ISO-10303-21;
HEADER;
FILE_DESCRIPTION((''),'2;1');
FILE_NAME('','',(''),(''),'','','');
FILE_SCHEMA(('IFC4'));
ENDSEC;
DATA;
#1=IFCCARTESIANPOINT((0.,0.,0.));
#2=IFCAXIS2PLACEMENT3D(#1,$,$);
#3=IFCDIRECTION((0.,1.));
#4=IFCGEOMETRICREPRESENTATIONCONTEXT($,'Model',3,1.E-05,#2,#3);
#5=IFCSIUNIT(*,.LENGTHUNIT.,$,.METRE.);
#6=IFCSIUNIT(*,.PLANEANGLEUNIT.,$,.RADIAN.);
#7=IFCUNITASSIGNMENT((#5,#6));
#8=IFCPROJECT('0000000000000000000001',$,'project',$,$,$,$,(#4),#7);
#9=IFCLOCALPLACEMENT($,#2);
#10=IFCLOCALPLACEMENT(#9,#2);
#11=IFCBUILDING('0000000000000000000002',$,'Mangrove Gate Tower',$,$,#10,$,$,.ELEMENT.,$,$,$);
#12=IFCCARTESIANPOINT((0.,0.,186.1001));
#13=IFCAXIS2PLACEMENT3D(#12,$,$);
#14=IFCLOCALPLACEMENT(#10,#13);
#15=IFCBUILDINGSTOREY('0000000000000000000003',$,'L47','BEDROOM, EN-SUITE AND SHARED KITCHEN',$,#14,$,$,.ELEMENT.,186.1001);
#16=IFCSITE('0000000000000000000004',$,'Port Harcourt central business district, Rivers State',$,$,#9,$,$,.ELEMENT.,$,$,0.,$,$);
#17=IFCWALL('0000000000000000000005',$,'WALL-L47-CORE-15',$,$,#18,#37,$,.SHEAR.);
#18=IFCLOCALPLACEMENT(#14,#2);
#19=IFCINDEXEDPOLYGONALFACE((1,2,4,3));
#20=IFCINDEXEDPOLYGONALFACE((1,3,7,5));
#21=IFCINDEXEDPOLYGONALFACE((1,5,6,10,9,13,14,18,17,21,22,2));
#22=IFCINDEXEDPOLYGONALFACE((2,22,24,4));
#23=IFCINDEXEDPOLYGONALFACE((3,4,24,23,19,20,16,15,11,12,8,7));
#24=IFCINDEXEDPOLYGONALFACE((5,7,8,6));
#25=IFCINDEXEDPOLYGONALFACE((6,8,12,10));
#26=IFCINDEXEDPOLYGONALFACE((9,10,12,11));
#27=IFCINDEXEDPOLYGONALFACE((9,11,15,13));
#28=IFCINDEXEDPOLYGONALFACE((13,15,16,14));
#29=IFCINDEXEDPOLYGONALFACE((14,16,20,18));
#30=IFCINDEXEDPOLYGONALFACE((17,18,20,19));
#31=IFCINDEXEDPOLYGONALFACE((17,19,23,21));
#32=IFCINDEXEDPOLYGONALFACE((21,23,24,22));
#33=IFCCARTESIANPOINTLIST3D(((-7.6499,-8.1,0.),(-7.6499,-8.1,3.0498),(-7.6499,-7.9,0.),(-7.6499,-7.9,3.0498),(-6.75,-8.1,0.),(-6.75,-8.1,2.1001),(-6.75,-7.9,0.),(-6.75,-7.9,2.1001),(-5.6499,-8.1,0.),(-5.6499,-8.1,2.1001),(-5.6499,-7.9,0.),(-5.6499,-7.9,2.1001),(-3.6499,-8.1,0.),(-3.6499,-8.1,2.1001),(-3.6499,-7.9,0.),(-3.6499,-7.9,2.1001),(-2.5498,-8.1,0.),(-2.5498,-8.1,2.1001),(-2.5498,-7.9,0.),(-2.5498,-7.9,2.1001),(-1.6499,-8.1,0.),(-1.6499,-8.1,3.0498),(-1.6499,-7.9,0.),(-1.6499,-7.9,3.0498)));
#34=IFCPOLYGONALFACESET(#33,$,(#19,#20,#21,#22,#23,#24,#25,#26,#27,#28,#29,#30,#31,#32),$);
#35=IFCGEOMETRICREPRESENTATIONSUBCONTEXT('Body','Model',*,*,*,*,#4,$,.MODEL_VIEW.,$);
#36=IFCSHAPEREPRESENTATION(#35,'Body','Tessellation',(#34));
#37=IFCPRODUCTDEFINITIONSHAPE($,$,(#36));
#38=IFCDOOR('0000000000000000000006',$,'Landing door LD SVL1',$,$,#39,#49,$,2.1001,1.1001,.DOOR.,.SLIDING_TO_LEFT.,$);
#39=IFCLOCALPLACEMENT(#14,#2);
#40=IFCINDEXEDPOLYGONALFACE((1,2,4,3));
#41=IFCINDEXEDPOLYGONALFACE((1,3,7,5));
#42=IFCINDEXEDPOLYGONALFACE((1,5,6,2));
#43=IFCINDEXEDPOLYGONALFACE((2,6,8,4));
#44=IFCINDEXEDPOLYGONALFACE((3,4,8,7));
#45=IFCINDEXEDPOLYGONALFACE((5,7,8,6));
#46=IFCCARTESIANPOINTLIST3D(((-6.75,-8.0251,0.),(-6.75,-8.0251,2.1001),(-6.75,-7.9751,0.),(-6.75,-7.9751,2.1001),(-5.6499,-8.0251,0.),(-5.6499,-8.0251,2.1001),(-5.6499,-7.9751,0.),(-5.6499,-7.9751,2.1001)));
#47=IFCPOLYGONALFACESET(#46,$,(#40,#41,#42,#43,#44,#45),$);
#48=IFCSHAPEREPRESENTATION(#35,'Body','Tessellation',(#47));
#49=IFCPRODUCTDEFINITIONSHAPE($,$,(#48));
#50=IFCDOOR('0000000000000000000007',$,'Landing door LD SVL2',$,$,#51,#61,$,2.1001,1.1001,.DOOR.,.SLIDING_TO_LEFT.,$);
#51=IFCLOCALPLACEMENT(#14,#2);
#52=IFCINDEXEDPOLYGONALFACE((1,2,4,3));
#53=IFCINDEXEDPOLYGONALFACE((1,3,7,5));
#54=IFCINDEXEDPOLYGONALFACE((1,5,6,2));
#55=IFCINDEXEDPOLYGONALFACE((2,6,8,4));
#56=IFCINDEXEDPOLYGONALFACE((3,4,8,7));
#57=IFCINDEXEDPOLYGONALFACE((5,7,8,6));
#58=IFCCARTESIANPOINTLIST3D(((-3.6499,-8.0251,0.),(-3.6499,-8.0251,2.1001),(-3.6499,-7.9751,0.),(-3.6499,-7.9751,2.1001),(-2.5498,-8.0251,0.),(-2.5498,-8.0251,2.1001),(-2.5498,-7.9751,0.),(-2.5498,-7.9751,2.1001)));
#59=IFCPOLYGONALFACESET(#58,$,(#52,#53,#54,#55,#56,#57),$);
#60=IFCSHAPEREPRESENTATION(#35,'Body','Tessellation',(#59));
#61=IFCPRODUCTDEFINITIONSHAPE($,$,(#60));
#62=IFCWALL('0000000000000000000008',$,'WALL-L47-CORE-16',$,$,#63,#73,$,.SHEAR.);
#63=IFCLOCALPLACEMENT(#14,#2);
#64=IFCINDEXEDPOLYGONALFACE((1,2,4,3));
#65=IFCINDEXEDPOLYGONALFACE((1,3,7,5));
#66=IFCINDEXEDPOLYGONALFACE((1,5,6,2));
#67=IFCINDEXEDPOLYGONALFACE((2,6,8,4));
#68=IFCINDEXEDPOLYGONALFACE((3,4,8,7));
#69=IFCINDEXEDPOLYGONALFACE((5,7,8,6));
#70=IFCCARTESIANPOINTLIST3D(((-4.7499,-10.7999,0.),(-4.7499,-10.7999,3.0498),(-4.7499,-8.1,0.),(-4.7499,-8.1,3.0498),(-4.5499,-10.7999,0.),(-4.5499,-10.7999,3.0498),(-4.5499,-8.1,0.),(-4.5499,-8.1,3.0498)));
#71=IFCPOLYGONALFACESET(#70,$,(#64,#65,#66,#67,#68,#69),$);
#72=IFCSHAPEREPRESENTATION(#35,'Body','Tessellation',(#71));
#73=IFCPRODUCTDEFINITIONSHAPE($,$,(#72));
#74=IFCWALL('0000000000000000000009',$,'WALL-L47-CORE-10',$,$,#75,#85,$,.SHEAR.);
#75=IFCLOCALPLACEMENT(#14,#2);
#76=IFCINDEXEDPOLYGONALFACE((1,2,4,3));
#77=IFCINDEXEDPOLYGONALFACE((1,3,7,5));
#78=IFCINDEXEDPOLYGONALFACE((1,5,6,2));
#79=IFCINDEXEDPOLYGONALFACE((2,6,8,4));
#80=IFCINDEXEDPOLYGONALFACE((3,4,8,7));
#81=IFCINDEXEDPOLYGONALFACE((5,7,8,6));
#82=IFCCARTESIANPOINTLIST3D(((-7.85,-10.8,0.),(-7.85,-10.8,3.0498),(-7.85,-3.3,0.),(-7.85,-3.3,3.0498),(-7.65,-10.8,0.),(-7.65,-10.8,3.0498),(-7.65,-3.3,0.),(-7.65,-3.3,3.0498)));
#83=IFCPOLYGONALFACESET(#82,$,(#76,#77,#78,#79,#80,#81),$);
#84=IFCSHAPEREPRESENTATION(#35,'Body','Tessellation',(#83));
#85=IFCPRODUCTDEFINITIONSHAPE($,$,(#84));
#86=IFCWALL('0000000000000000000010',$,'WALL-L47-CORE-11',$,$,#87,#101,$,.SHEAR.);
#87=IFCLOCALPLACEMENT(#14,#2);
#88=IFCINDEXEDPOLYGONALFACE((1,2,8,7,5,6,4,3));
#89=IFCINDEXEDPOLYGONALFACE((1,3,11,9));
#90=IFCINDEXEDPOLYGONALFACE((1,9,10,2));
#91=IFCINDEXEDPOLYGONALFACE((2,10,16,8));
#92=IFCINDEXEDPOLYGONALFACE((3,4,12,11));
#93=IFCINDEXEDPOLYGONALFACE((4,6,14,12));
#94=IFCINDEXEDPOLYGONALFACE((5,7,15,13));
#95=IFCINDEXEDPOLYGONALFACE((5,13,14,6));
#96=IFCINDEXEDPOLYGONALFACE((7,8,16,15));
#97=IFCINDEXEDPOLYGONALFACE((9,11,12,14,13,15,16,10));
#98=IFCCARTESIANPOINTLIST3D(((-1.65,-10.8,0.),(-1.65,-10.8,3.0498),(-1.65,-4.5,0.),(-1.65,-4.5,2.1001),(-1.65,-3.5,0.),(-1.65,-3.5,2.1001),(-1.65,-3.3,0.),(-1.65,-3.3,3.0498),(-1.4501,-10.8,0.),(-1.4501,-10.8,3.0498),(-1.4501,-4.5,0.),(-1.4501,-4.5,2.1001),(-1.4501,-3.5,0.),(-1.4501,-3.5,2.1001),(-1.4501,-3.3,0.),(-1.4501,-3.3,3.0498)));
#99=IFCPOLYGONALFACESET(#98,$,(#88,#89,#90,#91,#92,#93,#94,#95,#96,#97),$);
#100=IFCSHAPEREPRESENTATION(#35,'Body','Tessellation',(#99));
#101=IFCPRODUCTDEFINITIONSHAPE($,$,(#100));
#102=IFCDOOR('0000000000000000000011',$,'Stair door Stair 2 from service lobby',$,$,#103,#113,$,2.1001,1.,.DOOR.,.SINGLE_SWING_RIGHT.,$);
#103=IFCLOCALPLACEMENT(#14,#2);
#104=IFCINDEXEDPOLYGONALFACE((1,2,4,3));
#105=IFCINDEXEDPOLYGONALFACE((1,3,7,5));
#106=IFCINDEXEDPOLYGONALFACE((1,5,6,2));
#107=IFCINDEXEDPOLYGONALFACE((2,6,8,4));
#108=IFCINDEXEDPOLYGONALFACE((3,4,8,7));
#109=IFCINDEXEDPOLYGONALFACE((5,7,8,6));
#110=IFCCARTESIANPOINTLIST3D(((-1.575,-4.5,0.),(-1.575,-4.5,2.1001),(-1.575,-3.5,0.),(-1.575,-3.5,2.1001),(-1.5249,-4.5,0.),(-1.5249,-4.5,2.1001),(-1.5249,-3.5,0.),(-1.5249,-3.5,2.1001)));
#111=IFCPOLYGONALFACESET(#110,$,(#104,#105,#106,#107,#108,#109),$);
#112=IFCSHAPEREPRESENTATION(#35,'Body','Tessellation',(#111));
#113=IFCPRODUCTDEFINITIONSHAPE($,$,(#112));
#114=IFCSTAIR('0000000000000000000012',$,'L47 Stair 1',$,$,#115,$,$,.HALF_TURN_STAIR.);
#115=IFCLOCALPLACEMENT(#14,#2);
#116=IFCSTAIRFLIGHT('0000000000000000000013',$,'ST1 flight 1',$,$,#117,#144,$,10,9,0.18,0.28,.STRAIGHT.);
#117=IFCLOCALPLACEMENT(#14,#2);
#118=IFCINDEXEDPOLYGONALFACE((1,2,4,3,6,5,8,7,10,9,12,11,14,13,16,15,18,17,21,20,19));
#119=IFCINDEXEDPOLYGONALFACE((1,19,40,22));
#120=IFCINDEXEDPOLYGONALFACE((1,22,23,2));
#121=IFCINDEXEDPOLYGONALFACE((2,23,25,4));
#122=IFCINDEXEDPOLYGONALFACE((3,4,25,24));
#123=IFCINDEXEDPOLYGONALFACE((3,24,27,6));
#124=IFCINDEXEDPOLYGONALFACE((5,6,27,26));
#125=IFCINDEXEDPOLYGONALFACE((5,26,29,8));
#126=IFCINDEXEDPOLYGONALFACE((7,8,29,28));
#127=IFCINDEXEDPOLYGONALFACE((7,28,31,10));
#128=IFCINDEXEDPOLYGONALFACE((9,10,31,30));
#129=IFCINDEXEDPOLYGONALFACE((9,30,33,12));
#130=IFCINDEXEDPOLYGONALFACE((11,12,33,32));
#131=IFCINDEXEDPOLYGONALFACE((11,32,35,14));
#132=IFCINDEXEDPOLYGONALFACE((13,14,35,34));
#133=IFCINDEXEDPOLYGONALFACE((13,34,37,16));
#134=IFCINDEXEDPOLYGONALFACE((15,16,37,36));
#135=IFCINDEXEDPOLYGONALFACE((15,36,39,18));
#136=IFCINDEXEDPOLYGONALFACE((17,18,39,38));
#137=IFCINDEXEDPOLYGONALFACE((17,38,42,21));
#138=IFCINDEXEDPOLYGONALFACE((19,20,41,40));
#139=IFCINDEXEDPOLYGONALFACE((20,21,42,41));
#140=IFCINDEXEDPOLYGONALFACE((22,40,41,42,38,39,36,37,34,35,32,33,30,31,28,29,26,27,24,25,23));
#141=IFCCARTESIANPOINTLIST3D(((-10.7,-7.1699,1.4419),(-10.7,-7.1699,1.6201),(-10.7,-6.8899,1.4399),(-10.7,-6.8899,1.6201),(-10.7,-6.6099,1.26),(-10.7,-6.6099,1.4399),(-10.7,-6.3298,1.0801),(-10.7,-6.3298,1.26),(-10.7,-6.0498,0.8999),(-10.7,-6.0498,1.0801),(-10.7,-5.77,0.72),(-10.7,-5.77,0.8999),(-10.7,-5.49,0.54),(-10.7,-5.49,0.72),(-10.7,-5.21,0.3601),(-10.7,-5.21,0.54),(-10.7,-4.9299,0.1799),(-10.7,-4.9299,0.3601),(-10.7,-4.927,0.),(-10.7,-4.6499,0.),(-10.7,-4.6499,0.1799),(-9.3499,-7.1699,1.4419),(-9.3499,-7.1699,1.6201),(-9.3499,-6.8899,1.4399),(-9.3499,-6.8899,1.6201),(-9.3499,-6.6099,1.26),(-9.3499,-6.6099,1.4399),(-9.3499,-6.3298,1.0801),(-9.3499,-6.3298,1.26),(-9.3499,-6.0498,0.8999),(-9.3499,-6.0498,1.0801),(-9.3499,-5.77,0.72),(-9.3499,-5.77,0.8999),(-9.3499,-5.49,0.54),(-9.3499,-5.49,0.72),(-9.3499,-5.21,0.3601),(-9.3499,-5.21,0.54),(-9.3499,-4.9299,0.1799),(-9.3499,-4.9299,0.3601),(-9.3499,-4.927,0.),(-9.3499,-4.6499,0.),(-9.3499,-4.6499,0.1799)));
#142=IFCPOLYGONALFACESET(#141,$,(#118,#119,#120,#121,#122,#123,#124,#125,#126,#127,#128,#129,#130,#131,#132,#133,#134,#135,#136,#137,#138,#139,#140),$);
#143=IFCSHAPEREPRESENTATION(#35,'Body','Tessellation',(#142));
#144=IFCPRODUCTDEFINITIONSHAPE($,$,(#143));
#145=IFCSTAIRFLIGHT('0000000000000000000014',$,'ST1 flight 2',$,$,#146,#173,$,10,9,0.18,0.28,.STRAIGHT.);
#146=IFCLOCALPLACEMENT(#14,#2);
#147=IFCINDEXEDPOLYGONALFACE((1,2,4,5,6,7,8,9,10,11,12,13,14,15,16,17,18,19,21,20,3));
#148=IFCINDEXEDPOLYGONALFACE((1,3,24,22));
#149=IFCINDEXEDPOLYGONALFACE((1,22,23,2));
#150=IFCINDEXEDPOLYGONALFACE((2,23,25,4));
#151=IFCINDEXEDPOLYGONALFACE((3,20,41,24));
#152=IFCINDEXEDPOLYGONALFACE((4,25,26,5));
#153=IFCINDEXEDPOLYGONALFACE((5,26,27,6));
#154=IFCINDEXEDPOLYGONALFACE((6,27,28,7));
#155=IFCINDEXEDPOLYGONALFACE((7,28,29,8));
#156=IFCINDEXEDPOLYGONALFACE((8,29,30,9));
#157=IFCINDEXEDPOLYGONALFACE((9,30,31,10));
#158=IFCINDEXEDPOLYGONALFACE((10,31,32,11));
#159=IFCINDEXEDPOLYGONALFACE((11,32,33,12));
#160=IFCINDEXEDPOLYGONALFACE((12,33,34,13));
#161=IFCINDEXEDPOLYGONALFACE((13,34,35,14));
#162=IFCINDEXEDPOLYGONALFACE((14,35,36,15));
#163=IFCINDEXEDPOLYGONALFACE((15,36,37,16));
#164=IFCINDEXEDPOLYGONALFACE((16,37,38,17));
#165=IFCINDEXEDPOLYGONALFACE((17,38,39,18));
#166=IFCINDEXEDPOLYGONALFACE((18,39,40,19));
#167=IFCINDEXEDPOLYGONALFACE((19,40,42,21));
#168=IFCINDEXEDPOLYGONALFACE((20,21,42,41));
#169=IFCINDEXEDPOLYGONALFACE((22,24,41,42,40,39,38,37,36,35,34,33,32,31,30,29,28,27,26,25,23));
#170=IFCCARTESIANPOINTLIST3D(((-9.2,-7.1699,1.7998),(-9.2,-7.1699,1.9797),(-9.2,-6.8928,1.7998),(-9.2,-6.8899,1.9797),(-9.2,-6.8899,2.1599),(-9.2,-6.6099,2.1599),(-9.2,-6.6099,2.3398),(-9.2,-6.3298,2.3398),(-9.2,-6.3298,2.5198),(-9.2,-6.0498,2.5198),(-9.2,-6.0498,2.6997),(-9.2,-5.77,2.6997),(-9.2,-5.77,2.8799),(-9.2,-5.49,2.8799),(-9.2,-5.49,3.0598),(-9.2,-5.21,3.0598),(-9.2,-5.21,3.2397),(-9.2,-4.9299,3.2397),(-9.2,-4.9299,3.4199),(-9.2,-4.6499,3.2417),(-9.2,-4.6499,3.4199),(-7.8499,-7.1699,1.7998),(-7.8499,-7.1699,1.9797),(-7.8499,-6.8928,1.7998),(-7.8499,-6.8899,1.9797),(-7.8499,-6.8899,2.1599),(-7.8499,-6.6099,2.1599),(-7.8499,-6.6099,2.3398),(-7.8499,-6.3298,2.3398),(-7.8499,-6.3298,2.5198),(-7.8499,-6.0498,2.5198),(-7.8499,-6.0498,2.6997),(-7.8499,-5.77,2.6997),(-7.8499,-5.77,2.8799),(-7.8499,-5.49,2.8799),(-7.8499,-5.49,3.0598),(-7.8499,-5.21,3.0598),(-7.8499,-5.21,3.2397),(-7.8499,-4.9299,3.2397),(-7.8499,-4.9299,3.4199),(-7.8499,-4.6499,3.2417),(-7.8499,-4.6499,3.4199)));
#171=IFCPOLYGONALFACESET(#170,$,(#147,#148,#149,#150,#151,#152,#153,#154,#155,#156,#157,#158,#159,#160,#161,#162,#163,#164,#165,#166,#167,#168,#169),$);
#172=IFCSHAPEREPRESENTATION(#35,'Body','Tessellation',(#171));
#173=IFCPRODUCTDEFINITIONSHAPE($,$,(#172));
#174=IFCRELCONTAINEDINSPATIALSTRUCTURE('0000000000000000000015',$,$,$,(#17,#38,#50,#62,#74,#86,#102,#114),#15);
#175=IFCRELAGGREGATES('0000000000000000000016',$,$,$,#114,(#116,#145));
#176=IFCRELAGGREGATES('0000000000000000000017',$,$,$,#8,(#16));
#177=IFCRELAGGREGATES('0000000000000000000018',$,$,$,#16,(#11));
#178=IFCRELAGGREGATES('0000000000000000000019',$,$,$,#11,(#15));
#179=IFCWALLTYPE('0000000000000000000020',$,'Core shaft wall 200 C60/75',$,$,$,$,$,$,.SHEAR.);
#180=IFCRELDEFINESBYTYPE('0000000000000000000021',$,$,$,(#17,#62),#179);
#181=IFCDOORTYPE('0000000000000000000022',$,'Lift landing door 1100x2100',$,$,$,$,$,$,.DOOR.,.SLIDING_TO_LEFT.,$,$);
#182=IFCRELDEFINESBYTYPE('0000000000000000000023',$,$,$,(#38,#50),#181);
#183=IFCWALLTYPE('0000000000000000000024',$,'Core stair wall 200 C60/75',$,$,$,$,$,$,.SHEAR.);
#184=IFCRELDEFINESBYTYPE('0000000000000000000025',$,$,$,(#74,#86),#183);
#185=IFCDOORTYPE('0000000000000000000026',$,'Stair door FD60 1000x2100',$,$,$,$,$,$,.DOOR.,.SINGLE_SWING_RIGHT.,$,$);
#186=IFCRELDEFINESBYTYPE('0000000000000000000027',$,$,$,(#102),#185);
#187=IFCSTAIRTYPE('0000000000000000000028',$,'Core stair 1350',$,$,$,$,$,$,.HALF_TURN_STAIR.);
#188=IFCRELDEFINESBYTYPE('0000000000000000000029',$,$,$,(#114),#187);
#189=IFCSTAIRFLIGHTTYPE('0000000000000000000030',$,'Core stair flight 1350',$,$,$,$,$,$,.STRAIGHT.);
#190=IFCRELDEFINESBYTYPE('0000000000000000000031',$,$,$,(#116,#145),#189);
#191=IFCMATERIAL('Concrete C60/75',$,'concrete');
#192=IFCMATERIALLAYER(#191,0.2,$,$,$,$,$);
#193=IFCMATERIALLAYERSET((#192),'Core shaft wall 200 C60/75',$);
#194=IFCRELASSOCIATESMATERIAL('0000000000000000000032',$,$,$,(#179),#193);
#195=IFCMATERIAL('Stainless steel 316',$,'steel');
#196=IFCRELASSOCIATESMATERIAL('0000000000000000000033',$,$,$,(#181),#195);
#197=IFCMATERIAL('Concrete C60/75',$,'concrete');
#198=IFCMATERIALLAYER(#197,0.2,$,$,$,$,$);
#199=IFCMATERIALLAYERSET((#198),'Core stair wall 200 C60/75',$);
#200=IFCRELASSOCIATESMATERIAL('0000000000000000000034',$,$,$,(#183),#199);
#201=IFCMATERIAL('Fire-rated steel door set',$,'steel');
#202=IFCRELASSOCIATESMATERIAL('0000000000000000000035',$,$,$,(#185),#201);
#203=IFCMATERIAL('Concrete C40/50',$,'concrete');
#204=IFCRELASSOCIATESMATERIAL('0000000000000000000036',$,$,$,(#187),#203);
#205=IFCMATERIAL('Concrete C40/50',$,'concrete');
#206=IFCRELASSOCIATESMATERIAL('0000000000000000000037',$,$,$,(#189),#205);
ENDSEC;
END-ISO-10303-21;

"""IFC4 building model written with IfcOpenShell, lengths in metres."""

from ifc_helpers import new_model, si_unit, direction, frame, frame_2d, origin, place, context, subcontext, project, spatial, polyline, rectangle, outline, extrude, material, layer, layer_set, type_object, element, fill, aggregate, save


model = new_model("IFC4")

# Units and contexts
model_context = context("Model", 3, precision=1e-05, world=origin(), true_north=direction((0.0, 1.0)))
body_context = subcontext(model_context, "Body", "Model", "MODEL_VIEW")
ifc_project = project(units=[si_unit("LENGTHUNIT", "METRE"), si_unit("PLANEANGLEUNIT", "RADIAN")], contexts=[model_context])

# Site, building, storey
site_placement = place(None, origin())
site = spatial("IfcSite", under=ifc_project, at=site_placement, Name="Port Harcourt central business district, Rivers State", CompositionType="ELEMENT", RefElevation=0.0)
building_placement = place(site_placement, origin())
building = spatial("IfcBuilding", under=site, at=building_placement, Name="Mangrove Gate Tower", CompositionType="ELEMENT")
storey_placement = place(building_placement, frame((0.0, 0.0, 186.1001)))
storey = spatial("IfcBuildingStorey", under=building, at=storey_placement, Name="L47", Description="BEDROOM, EN-SUITE AND SHARED KITCHEN", CompositionType="ELEMENT", Elevation=186.1001)

# Wall, openings, doors
ifc_material_1 = material(Name="Concrete C60/75", Category="concrete")
ifc_layer_1 = layer(ifc_material_1, 0.2)
ifc_layer_set_1 = layer_set([ifc_layer_1], Name="Core shaft wall 200 C60/75")
wall_type_1 = type_object("IfcWallType", Name="Core shaft wall 200 C60/75", PredefinedType="SHEAR", material=ifc_layer_set_1)
wall_1_placement = place(storey_placement, frame((-7.6499, -8.0, 0.0), z_axis=(0.0, 0.0, 1.0), x_axis=(1.0, 0.0, 0.0)))
wall_1 = element("IfcWall", 1, at=wall_1_placement, inside=storey, type_object=wall_type_1, Name="WALL-L47-CORE-15", PredefinedType="SHEAR", context=body_context, shape_type="SweptSolid", body=[
    extrude(rectangle(XDim=6.0, YDim=0.2, at=frame_2d((3.0, 0.0))), origin(), (0.0, 0.0, 1.0), 3.0498),
])
opening_1_placement = place(wall_1_placement, frame((0.8999, 0.0, 0.0)))
opening_1 = element("IfcOpeningElement", 2, at=opening_1_placement, cuts=wall_1, PredefinedType="OPENING", context=body_context, shape_type="SweptSolid", body=[
    extrude(rectangle(XDim=1.1001, YDim=2.1001, at=frame_2d((0.55, 1.05))), frame((0.0, 0.1099, 0.0), z_axis=(0.0, -1.0, 0.0), x_axis=(1.0, 0.0, 0.0)), (0.0, 0.0, 1.0), 0.22),
])
opening_2_placement = place(wall_1_placement, frame((4.0, 0.0, 0.0)))
opening_2 = element("IfcOpeningElement", 3, at=opening_2_placement, cuts=wall_1, PredefinedType="OPENING", context=body_context, shape_type="SweptSolid", body=[
    extrude(rectangle(XDim=1.1001, YDim=2.1001, at=frame_2d((0.55, 1.05))), frame((0.0, 0.1099, 0.0), z_axis=(0.0, -1.0, 0.0), x_axis=(1.0, 0.0, 0.0)), (0.0, 0.0, 1.0), 0.22),
])
ifc_material_2 = material(Name="Stainless steel 316", Category="steel")
door_type_1 = type_object("IfcDoorType", Name="Lift landing door 1100x2100", OperationType="SLIDING_TO_LEFT", PredefinedType="DOOR", material=ifc_material_2)
door_1_placement = place(opening_1_placement, origin())
door_1 = element("IfcDoor", 4, at=door_1_placement, inside=storey, type_object=door_type_1, Name="Landing door LD SVL1", OperationType="SLIDING_TO_LEFT", OverallHeight=2.1001, OverallWidth=1.1001, PredefinedType="DOOR", context=body_context, shape_type="SweptSolid", body=[
    extrude(rectangle(XDim=1.1001, YDim=2.1001, at=frame_2d((0.55, 1.05))), frame((0.0, 0.0249, 0.0), z_axis=(0.0, -1.0, 0.0), x_axis=(1.0, 0.0, 0.0)), (0.0, 0.0, 1.0), 0.05),
])
fill(opening_1, door_1)
door_2_placement = place(opening_2_placement, origin())
door_2 = element("IfcDoor", 5, at=door_2_placement, inside=storey, type_object=door_type_1, Name="Landing door LD SVL2", OperationType="SLIDING_TO_LEFT", OverallHeight=2.1001, OverallWidth=1.1001, PredefinedType="DOOR", context=body_context, shape_type="SweptSolid", body=[
    extrude(rectangle(XDim=1.1001, YDim=2.1001, at=frame_2d((0.55, 1.05))), frame((0.0, 0.0249, 0.0), z_axis=(0.0, -1.0, 0.0), x_axis=(1.0, 0.0, 0.0)), (0.0, 0.0, 1.0), 0.05),
])
fill(opening_2, door_2)

# Walls
wall_2_placement = place(storey_placement, frame((-4.6499, -10.8, 0.0), z_axis=(0.0, 0.0, 1.0), x_axis=(0.0, 1.0, 0.0)))
element("IfcWall", 6, at=wall_2_placement, inside=storey, type_object=wall_type_1, Name="WALL-L47-CORE-16", PredefinedType="SHEAR", context=body_context, shape_type="SweptSolid", body=[
    extrude(rectangle(XDim=2.7, YDim=0.2, at=frame_2d((1.3501, 0.0))), origin(), (0.0, 0.0, 1.0), 3.0498),
])
ifc_material_3 = material(Name="Concrete C60/75", Category="concrete")
ifc_layer_2 = layer(ifc_material_3, 0.2)
ifc_layer_set_2 = layer_set([ifc_layer_2], Name="Core stair wall 200 C60/75")
wall_type_2 = type_object("IfcWallType", Name="Core stair wall 200 C60/75", PredefinedType="SHEAR", material=ifc_layer_set_2)
wall_3_placement = place(storey_placement, frame((-7.75, -10.8, 0.0), z_axis=(0.0, 0.0, 1.0), x_axis=(0.0, 1.0, 0.0)))
element("IfcWall", 7, at=wall_3_placement, inside=storey, type_object=wall_type_2, Name="WALL-L47-CORE-10", PredefinedType="SHEAR", context=body_context, shape_type="SweptSolid", body=[
    extrude(rectangle(XDim=7.5, YDim=0.2, at=frame_2d((3.75, 0.0))), origin(), (0.0, 0.0, 1.0), 3.0498),
])

# Wall, opening, door
wall_4_placement = place(storey_placement, frame((-1.55, -10.8, 0.0), z_axis=(0.0, 0.0, 1.0), x_axis=(0.0, 1.0, 0.0)))
wall_4 = element("IfcWall", 8, at=wall_4_placement, inside=storey, type_object=wall_type_2, Name="WALL-L47-CORE-11", PredefinedType="SHEAR", context=body_context, shape_type="SweptSolid", body=[
    extrude(rectangle(XDim=7.5, YDim=0.2, at=frame_2d((3.75, 0.0))), origin(), (0.0, 0.0, 1.0), 3.0498),
])
opening_3_placement = place(wall_4_placement, frame((6.3, 0.0, 0.0)))
opening_3 = element("IfcOpeningElement", 9, at=opening_3_placement, cuts=wall_4, PredefinedType="OPENING", context=body_context, shape_type="SweptSolid", body=[
    extrude(rectangle(XDim=1.0, YDim=2.1001, at=frame_2d((0.5, 1.05))), frame((0.0, 0.1099, 0.0), z_axis=(0.0, -1.0, 0.0), x_axis=(1.0, 0.0, 0.0)), (0.0, 0.0, 1.0), 0.22),
])
ifc_material_4 = material(Name="Fire-rated steel door set", Category="steel")
door_type_2 = type_object("IfcDoorType", Name="Stair door FD60 1000x2100", OperationType="SINGLE_SWING_RIGHT", PredefinedType="DOOR", material=ifc_material_4)
door_3_placement = place(opening_3_placement, origin())
door_3 = element("IfcDoor", 10, at=door_3_placement, inside=storey, type_object=door_type_2, Name="Stair door Stair 2 from service lobby", OperationType="SINGLE_SWING_RIGHT", OverallHeight=2.1001, OverallWidth=1.0, PredefinedType="DOOR", context=body_context, shape_type="SweptSolid", body=[
    extrude(rectangle(XDim=1.0, YDim=2.1001, at=frame_2d((0.5, 1.05))), frame((0.0, 0.0249, 0.0), z_axis=(0.0, -1.0, 0.0), x_axis=(1.0, 0.0, 0.0)), (0.0, 0.0, 1.0), 0.05),
])
fill(opening_3, door_3)

# Stair, stair flights
ifc_material_5 = material(Name="Concrete C40/50", Category="concrete")
stair_type = type_object("IfcStairType", Name="Core stair 1350", PredefinedType="HALF_TURN_STAIR", material=ifc_material_5)
stair_1_placement = place(storey_placement, origin())
stair_1 = element("IfcStair", 11, at=stair_1_placement, inside=storey, type_object=stair_type, Name="L47 Stair 1", PredefinedType="HALF_TURN_STAIR")
ifc_material_6 = material(Name="Concrete C40/50", Category="concrete")
stair_flight_type = type_object("IfcStairFlightType", Name="Core stair flight 1350", PredefinedType="STRAIGHT", material=ifc_material_6)
stair_flight_1_placement = place(storey_placement, frame((-10.0249, -4.6499, 0.0), z_axis=(0.0, 0.0, 1.0), x_axis=(0.0, -1.0, 0.0)))
stair_flight_1 = element("IfcStairFlight", 12, at=stair_flight_1_placement, type_object=stair_flight_type, Name="ST1 flight 1", NumberOfRisers=10, NumberOfTreads=9, PredefinedType="STRAIGHT", RiserHeight=0.18, TreadLength=0.28, context=body_context, shape_type="SweptSolid", body=[
    extrude(outline(polyline([(0.0, 0.0), (0.0, 0.1799), (0.28, 0.1799), (0.28, 0.3601), (0.5601, 0.3601), (0.5601, 0.54), (0.8401, 0.54), (0.8401, 0.72), (1.1201, 0.72), (1.1201, 0.8999), (1.3999, 0.8999), (1.3999, 1.0801), (1.6799, 1.0801), (1.6799, 1.26), (1.96, 1.26), (1.96, 1.4399), (2.24, 1.4399), (2.24, 1.6201), (2.52, 1.6201), (2.52, 1.8), (2.52, 1.4419), (0.2771, 0.0), (0.0, 0.0)])), frame((0.0, 0.675, 0.0), z_axis=(0.0, -1.0, 0.0), x_axis=(1.0, 0.0, 0.0)), (0.0, 0.0, 1.0), 1.3501),
])
stair_flight_2_placement = place(storey_placement, frame((-8.5249, -7.1699, 1.7998), z_axis=(0.0, 0.0, 1.0), x_axis=(0.0, 1.0, 0.0)))
stair_flight_2 = element("IfcStairFlight", 13, at=stair_flight_2_placement, type_object=stair_flight_type, Name="ST1 flight 2", NumberOfRisers=10, NumberOfTreads=9, PredefinedType="STRAIGHT", RiserHeight=0.18, TreadLength=0.28, context=body_context, shape_type="SweptSolid", body=[
    extrude(outline(polyline([(0.0, 0.0), (0.0, 0.1799), (0.28, 0.1799), (0.28, 0.3601), (0.5601, 0.3601), (0.5601, 0.54), (0.8401, 0.54), (0.8401, 0.72), (1.1201, 0.72), (1.1201, 0.8999), (1.3999, 0.8999), (1.3999, 1.0801), (1.6799, 1.0801), (1.6799, 1.26), (1.96, 1.26), (1.96, 1.4399), (2.24, 1.4399), (2.24, 1.6201), (2.52, 1.6201), (2.52, 1.8), (2.52, 1.4419), (0.2771, 0.0), (0.0, 0.0)])), frame((0.0, 0.675, 0.0), z_axis=(0.0, -1.0, 0.0), x_axis=(1.0, 0.0, 0.0)), (0.0, 0.0, 1.0), 1.3501),
])
aggregate(stair_1, [stair_flight_1, stair_flight_2])

save(model, "model.ifc")
